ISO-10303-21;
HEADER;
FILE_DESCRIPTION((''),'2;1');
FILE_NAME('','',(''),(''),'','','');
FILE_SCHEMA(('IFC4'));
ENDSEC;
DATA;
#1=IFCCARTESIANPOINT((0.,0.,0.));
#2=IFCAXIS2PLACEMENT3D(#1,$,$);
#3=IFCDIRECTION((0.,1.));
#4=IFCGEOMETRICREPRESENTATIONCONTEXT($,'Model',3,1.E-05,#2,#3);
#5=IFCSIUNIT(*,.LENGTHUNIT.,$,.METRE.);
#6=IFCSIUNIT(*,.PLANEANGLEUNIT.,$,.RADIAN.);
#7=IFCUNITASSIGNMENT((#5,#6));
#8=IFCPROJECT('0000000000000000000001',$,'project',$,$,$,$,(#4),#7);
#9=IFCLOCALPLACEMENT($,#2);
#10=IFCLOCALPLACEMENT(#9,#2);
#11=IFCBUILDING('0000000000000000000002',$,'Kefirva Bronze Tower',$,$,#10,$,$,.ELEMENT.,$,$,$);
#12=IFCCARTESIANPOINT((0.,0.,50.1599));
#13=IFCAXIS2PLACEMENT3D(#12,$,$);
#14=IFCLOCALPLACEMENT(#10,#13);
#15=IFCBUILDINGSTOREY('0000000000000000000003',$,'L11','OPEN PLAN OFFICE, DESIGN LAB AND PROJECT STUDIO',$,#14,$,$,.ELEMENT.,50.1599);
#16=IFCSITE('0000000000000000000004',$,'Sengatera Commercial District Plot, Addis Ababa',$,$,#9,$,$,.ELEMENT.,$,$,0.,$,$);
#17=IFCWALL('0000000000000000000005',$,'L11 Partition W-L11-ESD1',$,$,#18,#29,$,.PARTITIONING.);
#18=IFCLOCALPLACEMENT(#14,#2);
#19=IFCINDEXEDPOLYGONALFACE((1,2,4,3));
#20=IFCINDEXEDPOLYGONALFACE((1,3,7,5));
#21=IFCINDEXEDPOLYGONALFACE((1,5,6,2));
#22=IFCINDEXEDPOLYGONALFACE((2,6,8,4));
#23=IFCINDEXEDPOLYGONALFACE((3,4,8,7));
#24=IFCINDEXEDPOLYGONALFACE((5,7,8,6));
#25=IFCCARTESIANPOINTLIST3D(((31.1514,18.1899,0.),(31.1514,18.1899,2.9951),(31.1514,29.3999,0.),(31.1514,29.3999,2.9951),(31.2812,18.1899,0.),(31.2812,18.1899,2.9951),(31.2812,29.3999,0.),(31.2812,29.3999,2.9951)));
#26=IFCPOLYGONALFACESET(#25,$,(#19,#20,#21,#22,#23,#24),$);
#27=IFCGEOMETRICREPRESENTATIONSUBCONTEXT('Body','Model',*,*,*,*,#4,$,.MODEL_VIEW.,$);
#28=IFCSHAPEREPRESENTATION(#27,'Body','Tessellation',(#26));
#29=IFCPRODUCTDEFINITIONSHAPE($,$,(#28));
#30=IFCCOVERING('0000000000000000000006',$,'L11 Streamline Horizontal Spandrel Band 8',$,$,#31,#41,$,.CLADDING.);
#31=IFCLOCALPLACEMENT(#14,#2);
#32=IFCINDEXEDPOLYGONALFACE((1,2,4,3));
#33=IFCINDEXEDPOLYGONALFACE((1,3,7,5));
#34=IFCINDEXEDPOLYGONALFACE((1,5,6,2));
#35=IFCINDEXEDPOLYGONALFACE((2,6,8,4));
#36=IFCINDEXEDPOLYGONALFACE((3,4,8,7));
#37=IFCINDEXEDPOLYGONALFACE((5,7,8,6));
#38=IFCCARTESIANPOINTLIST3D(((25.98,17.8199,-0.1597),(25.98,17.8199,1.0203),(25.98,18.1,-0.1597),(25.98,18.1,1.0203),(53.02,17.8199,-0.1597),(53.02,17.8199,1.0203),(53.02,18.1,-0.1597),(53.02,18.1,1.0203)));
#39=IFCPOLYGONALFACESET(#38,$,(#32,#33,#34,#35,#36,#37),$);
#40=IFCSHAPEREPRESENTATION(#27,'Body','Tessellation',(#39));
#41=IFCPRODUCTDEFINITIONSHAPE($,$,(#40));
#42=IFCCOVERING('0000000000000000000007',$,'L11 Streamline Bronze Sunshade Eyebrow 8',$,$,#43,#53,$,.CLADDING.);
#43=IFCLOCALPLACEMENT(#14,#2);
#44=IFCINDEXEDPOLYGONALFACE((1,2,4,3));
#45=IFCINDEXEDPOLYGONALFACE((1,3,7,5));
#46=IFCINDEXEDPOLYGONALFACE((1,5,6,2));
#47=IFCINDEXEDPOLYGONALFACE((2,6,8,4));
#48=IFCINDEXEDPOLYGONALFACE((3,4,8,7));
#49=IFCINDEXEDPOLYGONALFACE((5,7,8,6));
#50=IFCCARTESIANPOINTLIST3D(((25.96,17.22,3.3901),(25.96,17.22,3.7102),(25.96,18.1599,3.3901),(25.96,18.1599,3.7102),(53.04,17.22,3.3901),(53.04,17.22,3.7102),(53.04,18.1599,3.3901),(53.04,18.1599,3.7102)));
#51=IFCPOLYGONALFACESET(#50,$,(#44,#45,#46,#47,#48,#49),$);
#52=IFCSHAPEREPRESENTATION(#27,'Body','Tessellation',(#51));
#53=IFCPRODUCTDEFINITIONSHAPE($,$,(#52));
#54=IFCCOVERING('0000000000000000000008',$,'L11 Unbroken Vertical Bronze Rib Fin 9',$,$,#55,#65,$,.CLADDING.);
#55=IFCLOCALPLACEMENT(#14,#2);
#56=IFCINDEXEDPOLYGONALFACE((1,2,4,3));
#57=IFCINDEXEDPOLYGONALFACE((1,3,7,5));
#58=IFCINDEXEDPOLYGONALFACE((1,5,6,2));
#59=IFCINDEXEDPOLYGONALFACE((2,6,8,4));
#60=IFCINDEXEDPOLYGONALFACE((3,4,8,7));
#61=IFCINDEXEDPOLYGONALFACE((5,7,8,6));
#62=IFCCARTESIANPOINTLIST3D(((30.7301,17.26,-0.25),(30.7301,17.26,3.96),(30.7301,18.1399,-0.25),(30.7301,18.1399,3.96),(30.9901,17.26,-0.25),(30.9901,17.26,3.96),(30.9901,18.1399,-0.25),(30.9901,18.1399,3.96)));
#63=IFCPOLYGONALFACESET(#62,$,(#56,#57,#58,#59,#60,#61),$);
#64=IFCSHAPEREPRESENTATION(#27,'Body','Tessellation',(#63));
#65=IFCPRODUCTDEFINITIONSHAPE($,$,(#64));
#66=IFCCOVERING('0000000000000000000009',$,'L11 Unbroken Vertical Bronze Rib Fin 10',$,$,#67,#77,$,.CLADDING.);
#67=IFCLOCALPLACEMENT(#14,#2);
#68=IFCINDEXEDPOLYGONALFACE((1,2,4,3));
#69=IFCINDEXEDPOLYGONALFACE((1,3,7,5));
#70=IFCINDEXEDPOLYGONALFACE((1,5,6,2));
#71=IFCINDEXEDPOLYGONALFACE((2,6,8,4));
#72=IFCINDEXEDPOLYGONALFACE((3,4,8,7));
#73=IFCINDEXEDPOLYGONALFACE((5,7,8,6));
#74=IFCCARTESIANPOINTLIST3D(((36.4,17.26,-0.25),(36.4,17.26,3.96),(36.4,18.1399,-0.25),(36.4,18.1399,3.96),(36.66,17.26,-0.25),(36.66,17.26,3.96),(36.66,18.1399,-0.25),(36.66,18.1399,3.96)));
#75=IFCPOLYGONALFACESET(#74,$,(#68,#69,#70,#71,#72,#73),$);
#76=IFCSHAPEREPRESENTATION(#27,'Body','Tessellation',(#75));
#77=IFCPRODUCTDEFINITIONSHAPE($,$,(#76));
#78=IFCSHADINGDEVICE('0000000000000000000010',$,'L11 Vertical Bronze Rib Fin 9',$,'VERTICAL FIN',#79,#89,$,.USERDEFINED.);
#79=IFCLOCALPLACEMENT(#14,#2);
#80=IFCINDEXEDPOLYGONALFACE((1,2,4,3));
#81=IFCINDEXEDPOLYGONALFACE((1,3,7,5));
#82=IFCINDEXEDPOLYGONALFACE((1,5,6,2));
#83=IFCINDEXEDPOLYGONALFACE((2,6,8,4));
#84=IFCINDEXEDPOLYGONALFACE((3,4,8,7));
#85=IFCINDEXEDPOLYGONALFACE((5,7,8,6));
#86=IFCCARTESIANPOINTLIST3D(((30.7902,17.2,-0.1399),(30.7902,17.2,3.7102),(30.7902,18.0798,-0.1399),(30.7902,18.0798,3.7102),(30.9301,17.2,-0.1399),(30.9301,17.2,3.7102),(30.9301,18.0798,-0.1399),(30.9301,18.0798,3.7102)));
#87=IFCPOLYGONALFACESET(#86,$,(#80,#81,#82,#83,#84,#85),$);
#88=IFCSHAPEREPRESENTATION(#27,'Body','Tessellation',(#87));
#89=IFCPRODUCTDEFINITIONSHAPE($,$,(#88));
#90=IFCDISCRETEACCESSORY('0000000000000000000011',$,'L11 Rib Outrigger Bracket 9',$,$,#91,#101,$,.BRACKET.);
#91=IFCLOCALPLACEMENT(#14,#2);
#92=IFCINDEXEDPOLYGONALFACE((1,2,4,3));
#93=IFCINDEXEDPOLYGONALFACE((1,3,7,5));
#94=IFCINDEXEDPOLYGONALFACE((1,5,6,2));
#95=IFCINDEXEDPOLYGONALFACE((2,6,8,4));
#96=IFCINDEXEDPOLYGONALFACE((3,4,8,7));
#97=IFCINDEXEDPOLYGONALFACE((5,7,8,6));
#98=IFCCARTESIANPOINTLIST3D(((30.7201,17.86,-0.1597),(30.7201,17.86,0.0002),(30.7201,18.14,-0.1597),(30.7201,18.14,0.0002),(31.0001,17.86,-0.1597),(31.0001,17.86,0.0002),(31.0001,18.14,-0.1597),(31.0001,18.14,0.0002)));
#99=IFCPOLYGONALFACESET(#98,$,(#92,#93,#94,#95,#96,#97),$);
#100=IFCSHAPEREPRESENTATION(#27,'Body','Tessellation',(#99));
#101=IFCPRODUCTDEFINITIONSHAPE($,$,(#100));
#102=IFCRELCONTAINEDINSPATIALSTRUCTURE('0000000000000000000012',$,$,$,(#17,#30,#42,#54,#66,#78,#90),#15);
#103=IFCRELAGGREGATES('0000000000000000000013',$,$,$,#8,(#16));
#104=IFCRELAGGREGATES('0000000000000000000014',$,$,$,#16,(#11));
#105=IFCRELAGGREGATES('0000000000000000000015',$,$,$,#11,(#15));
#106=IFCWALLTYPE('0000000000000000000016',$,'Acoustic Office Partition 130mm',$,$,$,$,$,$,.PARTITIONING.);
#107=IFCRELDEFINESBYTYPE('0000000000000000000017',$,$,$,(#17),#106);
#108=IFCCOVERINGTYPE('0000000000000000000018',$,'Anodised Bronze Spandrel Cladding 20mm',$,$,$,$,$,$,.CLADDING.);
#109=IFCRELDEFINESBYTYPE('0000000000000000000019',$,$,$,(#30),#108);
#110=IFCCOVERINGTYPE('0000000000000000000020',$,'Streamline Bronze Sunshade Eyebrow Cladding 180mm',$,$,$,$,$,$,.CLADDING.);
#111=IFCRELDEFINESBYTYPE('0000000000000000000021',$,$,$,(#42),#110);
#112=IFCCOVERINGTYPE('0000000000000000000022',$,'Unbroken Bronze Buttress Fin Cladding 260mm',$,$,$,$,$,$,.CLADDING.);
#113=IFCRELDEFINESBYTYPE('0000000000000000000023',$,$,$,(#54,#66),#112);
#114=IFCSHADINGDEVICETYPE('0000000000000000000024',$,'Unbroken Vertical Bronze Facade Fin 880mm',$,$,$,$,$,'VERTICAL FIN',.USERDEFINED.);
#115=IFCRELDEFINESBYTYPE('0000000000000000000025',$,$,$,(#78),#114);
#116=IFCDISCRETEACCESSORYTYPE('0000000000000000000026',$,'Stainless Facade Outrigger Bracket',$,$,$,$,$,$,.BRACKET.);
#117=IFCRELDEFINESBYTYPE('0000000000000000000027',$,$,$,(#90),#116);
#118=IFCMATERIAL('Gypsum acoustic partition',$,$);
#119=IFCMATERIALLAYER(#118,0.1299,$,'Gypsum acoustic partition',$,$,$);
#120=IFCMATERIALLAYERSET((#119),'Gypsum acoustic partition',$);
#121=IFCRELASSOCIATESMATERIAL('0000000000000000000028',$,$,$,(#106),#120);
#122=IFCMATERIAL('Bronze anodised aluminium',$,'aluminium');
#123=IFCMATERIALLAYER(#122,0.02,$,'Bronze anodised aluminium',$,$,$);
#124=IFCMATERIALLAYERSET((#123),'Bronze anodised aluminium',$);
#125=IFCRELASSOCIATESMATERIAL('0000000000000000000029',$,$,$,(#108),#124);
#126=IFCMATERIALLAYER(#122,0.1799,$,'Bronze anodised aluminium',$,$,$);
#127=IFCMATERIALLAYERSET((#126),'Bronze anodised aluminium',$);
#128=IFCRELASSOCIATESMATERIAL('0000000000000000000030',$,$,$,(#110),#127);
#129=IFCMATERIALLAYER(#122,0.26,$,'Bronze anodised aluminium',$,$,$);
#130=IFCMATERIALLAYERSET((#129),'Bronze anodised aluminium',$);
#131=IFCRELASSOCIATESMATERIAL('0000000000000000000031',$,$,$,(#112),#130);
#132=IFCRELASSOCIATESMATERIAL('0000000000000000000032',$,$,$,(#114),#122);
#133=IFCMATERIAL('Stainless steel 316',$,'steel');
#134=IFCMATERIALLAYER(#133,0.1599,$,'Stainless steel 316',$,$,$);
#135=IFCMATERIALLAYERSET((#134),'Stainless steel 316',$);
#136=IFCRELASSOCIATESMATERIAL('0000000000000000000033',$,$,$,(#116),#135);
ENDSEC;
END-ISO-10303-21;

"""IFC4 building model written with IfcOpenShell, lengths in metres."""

from ifc_helpers import new_model, si_unit, direction, frame, frame_2d, origin, origin_2d, place, context, subcontext, project, spatial, rectangle, extrude, material, layer, layer_set, material_profile, profile_set, type_object, element, save


model = new_model("IFC4")

# Units and contexts
model_context = context("Model", 3, precision=1e-05, world=origin(), true_north=direction((0.0, 1.0)))
body_context = subcontext(model_context, "Body", "Model", "MODEL_VIEW")
ifc_project = project(units=[si_unit("LENGTHUNIT", "METRE"), si_unit("PLANEANGLEUNIT", "RADIAN")], contexts=[model_context])

# Site, building, storey
site_placement = place(None, origin())
site = spatial("IfcSite", under=ifc_project, at=site_placement, Name="Sengatera Commercial District Plot, Addis Ababa", CompositionType="ELEMENT", RefElevation=0.0)
building_placement = place(site_placement, origin())
building = spatial("IfcBuilding", under=site, at=building_placement, Name="Kefirva Bronze Tower", CompositionType="ELEMENT")
storey_placement = place(building_placement, frame((0.0, 0.0, 50.1599)))
storey = spatial("IfcBuildingStorey", under=building, at=storey_placement, Name="L11", Description="OPEN PLAN OFFICE, DESIGN LAB AND PROJECT STUDIO", CompositionType="ELEMENT", Elevation=50.1599)

# Shared definitions
ifc_material_1 = material(Name="Bronze anodised aluminium", Category="aluminium")

# Wall
ifc_material_2 = material(Name="Gypsum acoustic partition")
ifc_layer_1 = layer(ifc_material_2, 0.1299, Name="Gypsum acoustic partition")
ifc_layer_set_1 = layer_set([ifc_layer_1], Name="Gypsum acoustic partition")
wall_type = type_object("IfcWallType", Name="Acoustic Office Partition 130mm", PredefinedType="PARTITIONING", material=ifc_layer_set_1)
wall_placement = place(storey_placement, frame((31.2163, 18.1899, 0.0), z_axis=(0.0, 0.0, 1.0), x_axis=(0.0, 1.0, 0.0)))
element("IfcWall", 1, at=wall_placement, inside=storey, type_object=wall_type, Name="L11 Partition W-L11-ESD1", PredefinedType="PARTITIONING", context=body_context, shape_type="SweptSolid", body=[
    extrude(rectangle(XDim=11.21, YDim=0.1299, at=frame_2d((5.605, 0.0))), origin(), (0.0, 0.0, 1.0), 2.9951),
])

# Coverings
ifc_layer_2 = layer(ifc_material_1, 0.02, Name="Bronze anodised aluminium")
ifc_layer_set_2 = layer_set([ifc_layer_2], Name="Bronze anodised aluminium")
covering_type_1 = type_object("IfcCoveringType", Name="Anodised Bronze Spandrel Cladding 20mm", PredefinedType="CLADDING", material=ifc_layer_set_2)
covering_1_placement = place(storey_placement, frame((39.5, 17.96, -0.1597), z_axis=(0.0, 0.0, 1.0), x_axis=(1.0, 0.0, 0.0)))
element("IfcCovering", 2, at=covering_1_placement, inside=storey, type_object=covering_type_1, Name="L11 Streamline Horizontal Spandrel Band 8", PredefinedType="CLADDING", context=body_context, shape_type="SweptSolid", body=[
    extrude(rectangle(XDim=27.04, YDim=0.28, at=origin_2d()), origin(), (0.0, 0.0, 1.0), 1.1799),
])
ifc_layer_3 = layer(ifc_material_1, 0.1799, Name="Bronze anodised aluminium")
ifc_layer_set_3 = layer_set([ifc_layer_3], Name="Bronze anodised aluminium")
covering_type_2 = type_object("IfcCoveringType", Name="Streamline Bronze Sunshade Eyebrow Cladding 180mm", PredefinedType="CLADDING", material=ifc_layer_set_3)
covering_2_placement = place(storey_placement, frame((39.5, 17.6899, 3.3901), z_axis=(0.0, 0.0, 1.0), x_axis=(1.0, 0.0, 0.0)))
element("IfcCovering", 3, at=covering_2_placement, inside=storey, type_object=covering_type_2, Name="L11 Streamline Bronze Sunshade Eyebrow 8", PredefinedType="CLADDING", context=body_context, shape_type="SweptSolid", body=[
    extrude(rectangle(XDim=27.0801, YDim=0.9399, at=origin_2d()), origin(), (0.0, 0.0, 1.0), 0.3201),
])
ifc_layer_4 = layer(ifc_material_1, 0.26, Name="Bronze anodised aluminium")
ifc_layer_set_4 = layer_set([ifc_layer_4], Name="Bronze anodised aluminium")
covering_type_3 = type_object("IfcCoveringType", Name="Unbroken Bronze Buttress Fin Cladding 260mm", PredefinedType="CLADDING", material=ifc_layer_set_4)
for number, where, z_axis, x_axis, name in (
    (4, (30.8601, 17.7, -0.25), (0.0, 0.0, 1.0), (1.0, 0.0, 0.0), "L11 Unbroken Vertical Bronze Rib Fin 9"),
    (5, (36.53, 17.7, -0.25), (0.0, 0.0, 1.0), (1.0, 0.0, 0.0), "L11 Unbroken Vertical Bronze Rib Fin 10"),
):
    element("IfcCovering", number, at=place(storey_placement, frame(where, z_axis=z_axis, x_axis=x_axis)), inside=storey, type_object=covering_type_3, Name=name, PredefinedType="CLADDING", context=body_context, shape_type="SweptSolid", body=[
        extrude(rectangle(XDim=0.26, YDim=0.8799, at=origin_2d()), origin(), (0.0, 0.0, 1.0), 4.21),
    ])

# Shading device
ifc_material_profile_1 = material_profile(ifc_material_1, rectangle(XDim=0.1399, YDim=0.8799, at=origin_2d()), Name="BRONZE FIN 140x880")
ifc_profile_set_1 = profile_set([ifc_material_profile_1], Name="Bronze anodised aluminium")
shading_device_type = type_object("IfcShadingDeviceType", Name="Unbroken Vertical Bronze Facade Fin 880mm", ElementType="VERTICAL FIN", PredefinedType="USERDEFINED", material=ifc_profile_set_1)
shading_device_placement = place(storey_placement, frame((30.8601, 17.6399, -0.1399), z_axis=(0.0, 0.0, 1.0), x_axis=(1.0, 0.0, 0.0)))
element("IfcShadingDevice", 6, at=shading_device_placement, inside=storey, type_object=shading_device_type, Name="L11 Vertical Bronze Rib Fin 9", ObjectType="VERTICAL FIN", PredefinedType="USERDEFINED", context=body_context, shape_type="SweptSolid", body=[
    extrude(rectangle(XDim=0.1399, YDim=0.8799, at=origin_2d()), origin(), (0.0, 0.0, 1.0), 3.8501),
])

# Discrete accessory
ifc_material_3 = material(Name="Stainless steel 316", Category="steel")
ifc_layer_5 = layer(ifc_material_3, 0.1599, Name="Stainless steel 316")
ifc_layer_set_5 = layer_set([ifc_layer_5], Name="Stainless steel 316")
discrete_accessory_type = type_object("IfcDiscreteAccessoryType", Name="Stainless Facade Outrigger Bracket", PredefinedType="BRACKET", material=ifc_layer_set_5)
discrete_accessory_placement = place(storey_placement, frame((30.8601, 18.0, -0.1597), z_axis=(0.0, 0.0, 1.0), x_axis=(1.0, 0.0, 0.0)))
element("IfcDiscreteAccessory", 7, at=discrete_accessory_placement, inside=storey, type_object=discrete_accessory_type, Name="L11 Rib Outrigger Bracket 9", PredefinedType="BRACKET", context=body_context, shape_type="SweptSolid", body=[
    extrude(rectangle(XDim=0.28, YDim=0.28, at=origin_2d()), origin(), (0.0, 0.0, 1.0), 0.1599),
])

save(model, "model.ifc")
